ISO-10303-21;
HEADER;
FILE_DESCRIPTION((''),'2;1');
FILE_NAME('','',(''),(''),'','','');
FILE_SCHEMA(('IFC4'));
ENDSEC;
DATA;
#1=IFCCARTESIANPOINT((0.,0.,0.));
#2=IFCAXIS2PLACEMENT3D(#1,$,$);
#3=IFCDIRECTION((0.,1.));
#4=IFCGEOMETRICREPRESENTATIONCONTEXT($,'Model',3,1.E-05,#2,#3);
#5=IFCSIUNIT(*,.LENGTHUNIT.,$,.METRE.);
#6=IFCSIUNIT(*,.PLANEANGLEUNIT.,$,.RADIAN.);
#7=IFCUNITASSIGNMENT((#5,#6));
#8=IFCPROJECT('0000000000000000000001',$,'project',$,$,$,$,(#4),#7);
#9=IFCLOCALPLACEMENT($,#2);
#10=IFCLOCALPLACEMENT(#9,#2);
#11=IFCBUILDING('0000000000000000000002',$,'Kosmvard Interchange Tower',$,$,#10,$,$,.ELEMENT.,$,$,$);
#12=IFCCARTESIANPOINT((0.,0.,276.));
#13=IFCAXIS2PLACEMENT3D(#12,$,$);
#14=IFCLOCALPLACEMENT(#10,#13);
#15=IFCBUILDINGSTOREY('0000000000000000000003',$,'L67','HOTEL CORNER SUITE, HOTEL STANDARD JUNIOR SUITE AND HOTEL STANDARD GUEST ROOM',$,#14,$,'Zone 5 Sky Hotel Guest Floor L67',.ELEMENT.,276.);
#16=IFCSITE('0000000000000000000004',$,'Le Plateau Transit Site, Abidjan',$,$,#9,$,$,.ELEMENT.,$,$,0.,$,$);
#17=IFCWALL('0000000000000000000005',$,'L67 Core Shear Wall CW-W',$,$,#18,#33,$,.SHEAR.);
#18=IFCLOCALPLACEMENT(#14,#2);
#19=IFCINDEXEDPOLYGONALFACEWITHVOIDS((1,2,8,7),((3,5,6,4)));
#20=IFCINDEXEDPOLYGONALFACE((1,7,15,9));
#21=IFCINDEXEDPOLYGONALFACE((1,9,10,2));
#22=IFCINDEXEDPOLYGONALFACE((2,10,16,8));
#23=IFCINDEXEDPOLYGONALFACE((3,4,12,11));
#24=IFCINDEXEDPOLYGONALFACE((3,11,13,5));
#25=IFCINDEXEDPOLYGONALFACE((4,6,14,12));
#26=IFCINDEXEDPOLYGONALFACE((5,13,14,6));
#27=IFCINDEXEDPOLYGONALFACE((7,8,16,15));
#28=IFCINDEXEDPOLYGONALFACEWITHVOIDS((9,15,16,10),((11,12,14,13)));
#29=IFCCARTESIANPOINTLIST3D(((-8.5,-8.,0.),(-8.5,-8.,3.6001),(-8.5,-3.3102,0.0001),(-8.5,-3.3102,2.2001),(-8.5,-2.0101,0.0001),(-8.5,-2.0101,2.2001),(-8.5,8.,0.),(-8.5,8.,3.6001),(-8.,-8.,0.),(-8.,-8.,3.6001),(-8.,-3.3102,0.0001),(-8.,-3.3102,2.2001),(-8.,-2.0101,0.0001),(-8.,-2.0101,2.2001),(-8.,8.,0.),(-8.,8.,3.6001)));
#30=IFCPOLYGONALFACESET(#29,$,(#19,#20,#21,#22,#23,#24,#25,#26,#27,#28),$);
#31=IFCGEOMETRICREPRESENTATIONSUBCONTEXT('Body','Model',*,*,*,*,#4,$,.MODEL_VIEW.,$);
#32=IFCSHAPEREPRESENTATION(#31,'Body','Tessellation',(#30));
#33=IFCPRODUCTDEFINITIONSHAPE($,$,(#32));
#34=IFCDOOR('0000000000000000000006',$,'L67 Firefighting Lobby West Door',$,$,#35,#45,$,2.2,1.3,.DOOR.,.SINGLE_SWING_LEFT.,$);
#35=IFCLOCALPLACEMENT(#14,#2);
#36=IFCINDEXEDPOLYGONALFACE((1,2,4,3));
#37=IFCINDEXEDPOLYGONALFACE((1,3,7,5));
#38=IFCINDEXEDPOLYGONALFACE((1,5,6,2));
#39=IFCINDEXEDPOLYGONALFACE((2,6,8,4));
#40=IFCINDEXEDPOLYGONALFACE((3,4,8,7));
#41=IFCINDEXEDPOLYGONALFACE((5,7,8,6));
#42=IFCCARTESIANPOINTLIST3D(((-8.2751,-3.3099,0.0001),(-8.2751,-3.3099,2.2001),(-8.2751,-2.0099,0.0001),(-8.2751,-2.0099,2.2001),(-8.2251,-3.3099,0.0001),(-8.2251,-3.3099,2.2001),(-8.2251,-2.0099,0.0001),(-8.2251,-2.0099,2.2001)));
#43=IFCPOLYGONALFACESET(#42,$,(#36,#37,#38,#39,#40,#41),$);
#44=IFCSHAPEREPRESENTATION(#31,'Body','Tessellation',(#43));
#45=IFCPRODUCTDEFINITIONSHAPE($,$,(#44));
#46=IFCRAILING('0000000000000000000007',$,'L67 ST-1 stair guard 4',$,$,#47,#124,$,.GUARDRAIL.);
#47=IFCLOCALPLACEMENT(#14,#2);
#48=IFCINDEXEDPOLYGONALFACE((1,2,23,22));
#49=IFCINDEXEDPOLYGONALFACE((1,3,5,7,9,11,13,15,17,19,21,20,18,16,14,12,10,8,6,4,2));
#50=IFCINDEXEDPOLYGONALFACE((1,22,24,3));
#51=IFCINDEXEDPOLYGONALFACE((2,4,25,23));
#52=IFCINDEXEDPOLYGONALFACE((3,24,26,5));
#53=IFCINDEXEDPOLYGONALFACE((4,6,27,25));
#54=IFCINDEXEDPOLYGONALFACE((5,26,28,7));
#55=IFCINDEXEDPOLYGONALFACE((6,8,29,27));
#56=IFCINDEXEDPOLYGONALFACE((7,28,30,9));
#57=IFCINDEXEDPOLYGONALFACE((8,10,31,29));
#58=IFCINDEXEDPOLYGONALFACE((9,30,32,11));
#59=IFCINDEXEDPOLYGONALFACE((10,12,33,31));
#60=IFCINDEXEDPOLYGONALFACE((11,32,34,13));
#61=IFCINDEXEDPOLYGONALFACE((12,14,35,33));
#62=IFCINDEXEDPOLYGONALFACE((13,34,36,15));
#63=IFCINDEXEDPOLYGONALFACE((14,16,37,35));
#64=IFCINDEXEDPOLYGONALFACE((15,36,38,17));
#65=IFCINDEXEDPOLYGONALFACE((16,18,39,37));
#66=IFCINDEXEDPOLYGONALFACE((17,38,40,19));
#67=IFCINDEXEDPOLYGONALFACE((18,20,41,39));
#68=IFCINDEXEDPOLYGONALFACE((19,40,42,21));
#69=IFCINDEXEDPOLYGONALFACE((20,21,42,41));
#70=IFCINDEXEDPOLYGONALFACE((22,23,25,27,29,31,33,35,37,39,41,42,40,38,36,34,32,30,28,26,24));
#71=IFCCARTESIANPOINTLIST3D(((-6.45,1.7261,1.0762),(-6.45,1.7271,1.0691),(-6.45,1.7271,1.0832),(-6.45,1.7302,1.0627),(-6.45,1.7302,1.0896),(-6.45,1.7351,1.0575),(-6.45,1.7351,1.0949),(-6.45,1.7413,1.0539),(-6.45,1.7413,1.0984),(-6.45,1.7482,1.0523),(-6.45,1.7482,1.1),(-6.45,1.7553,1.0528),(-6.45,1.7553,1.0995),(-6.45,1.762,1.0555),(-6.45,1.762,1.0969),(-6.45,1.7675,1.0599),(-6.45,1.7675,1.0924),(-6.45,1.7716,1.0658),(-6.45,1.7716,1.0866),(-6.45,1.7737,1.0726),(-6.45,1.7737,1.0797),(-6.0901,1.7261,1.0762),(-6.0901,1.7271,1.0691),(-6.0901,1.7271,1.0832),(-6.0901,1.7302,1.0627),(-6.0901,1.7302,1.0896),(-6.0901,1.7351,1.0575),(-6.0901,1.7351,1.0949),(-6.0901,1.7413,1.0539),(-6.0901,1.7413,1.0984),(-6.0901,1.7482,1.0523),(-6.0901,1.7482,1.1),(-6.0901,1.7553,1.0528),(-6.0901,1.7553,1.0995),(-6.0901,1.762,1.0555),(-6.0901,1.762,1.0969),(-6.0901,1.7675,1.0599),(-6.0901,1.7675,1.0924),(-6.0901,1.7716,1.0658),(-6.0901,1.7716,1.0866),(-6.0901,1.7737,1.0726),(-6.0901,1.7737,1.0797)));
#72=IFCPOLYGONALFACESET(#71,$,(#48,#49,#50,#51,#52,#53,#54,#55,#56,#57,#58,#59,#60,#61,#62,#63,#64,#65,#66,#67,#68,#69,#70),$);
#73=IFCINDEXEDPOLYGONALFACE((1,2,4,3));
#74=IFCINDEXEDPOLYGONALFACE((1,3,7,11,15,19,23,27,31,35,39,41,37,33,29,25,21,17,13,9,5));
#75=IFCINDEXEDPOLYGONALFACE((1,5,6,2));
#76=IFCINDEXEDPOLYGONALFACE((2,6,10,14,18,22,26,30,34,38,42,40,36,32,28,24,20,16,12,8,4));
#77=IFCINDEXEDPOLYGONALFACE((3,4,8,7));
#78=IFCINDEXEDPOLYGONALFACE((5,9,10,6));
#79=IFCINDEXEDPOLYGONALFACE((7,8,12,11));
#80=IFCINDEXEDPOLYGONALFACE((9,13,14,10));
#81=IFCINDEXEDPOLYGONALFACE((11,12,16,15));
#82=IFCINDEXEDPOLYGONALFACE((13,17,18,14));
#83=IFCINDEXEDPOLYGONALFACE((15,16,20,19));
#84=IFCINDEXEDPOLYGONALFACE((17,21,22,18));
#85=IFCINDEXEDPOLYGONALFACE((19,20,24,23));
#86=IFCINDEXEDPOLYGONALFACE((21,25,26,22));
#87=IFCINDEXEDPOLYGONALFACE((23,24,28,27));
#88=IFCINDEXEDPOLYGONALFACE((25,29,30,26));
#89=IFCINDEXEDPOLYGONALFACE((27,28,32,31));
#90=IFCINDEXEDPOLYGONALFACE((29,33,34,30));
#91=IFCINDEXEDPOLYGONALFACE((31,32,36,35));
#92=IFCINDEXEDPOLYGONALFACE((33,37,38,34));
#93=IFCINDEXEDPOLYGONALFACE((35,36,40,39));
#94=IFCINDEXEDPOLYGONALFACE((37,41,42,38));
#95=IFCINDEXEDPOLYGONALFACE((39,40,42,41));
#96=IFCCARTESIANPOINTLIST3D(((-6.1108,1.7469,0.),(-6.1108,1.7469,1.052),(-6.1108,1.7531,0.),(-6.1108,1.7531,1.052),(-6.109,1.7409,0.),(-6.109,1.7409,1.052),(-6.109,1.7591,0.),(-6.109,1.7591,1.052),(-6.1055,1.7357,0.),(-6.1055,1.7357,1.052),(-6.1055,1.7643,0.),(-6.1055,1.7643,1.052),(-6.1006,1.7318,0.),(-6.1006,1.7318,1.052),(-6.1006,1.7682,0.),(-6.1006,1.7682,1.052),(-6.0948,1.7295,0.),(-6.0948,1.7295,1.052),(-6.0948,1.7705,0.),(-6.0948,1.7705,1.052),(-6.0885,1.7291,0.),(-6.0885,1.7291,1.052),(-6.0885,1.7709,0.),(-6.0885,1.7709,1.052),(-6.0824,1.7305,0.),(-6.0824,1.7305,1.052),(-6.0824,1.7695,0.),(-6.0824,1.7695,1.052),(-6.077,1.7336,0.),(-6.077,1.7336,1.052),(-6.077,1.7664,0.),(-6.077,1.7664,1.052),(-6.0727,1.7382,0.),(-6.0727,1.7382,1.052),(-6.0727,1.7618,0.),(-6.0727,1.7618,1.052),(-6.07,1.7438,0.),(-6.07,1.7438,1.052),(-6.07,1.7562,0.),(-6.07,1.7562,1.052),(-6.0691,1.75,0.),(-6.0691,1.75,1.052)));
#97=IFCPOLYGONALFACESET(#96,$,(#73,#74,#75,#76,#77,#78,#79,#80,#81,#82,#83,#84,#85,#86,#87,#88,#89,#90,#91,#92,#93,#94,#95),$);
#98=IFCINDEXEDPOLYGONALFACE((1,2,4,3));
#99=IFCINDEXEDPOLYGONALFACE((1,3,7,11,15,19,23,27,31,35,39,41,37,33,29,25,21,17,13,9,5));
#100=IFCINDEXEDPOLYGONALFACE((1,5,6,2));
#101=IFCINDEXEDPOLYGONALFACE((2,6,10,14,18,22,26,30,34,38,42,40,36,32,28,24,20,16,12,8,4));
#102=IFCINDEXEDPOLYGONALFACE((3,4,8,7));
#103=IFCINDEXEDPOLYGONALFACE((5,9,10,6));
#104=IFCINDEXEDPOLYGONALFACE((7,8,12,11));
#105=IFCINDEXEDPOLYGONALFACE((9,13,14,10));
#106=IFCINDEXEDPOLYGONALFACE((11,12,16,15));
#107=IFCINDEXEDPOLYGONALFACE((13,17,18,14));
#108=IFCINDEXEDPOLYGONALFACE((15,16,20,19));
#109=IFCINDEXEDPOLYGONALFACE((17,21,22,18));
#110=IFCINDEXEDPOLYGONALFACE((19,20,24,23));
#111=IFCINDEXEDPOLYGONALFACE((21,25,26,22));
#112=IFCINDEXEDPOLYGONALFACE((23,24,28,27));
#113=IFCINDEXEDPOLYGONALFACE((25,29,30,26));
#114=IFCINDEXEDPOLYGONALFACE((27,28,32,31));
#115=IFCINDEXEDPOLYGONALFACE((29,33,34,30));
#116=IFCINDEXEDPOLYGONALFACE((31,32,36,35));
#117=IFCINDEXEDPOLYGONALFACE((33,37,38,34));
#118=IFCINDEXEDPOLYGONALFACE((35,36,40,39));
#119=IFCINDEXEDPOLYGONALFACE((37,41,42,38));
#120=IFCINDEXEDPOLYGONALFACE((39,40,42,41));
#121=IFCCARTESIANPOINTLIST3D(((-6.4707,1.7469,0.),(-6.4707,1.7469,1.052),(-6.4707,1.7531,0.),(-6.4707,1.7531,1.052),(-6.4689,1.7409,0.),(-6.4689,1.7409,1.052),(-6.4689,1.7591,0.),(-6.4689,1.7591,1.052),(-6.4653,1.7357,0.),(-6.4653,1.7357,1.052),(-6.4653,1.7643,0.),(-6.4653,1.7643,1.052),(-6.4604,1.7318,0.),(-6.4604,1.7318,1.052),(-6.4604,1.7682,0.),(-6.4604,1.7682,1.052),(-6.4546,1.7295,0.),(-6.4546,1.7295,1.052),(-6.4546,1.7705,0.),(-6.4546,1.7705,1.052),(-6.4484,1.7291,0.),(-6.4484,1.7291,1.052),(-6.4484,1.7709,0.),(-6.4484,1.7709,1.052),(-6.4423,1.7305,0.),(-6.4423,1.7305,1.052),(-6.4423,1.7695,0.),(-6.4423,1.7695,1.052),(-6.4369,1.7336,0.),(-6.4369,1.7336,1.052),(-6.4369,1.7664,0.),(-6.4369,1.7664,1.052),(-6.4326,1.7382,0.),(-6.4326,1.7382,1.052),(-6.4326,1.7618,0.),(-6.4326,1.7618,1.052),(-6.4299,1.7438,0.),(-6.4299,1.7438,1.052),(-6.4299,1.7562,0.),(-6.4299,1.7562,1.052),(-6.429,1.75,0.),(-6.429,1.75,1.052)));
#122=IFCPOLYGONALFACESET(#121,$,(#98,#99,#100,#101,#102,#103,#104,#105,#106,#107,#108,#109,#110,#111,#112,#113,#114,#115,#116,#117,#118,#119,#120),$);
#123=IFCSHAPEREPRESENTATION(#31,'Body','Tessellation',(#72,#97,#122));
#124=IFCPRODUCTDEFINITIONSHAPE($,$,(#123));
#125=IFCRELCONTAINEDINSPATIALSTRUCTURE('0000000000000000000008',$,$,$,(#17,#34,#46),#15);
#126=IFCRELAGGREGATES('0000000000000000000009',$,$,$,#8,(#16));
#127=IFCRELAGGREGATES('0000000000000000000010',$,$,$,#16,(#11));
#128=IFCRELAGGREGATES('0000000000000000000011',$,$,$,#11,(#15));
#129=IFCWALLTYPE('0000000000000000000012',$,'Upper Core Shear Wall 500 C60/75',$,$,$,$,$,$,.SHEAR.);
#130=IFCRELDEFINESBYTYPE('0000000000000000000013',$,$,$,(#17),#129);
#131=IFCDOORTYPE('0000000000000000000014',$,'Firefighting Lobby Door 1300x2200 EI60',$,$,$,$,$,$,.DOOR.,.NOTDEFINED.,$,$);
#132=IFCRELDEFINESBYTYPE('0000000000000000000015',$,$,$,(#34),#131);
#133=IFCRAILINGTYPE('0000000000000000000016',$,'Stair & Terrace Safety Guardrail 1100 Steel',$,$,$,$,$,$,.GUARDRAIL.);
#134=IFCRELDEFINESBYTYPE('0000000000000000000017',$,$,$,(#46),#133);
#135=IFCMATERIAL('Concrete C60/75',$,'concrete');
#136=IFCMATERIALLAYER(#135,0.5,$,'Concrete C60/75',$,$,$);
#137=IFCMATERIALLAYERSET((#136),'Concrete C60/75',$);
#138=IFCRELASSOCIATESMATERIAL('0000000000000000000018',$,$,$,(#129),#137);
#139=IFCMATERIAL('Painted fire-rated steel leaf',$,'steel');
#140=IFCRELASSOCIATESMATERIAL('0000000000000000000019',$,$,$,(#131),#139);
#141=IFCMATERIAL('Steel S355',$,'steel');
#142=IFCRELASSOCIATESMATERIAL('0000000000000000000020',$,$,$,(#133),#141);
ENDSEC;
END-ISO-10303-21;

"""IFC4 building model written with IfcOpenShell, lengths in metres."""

from ifc_helpers import new_model, si_unit, direction, frame, frame_2d, origin, origin_2d, place, context, subcontext, project, spatial, rectangle, circle, extrude, source, transform, mapped, material, layer, layer_set, type_object, element, fill, save


model = new_model("IFC4")

# Units and contexts
model_context = context("Model", 3, precision=1e-05, world=origin(), true_north=direction((0.0, 1.0)))
body_context = subcontext(model_context, "Body", "Model", "MODEL_VIEW")
ifc_project = project(units=[si_unit("LENGTHUNIT", "METRE"), si_unit("PLANEANGLEUNIT", "RADIAN")], contexts=[model_context])

# Site, building, storey
site_placement = place(None, origin())
site = spatial("IfcSite", under=ifc_project, at=site_placement, Name="Le Plateau Transit Site, Abidjan", CompositionType="ELEMENT", RefElevation=0.0)
building_placement = place(site_placement, origin())
building = spatial("IfcBuilding", under=site, at=building_placement, Name="Kosmvard Interchange Tower", CompositionType="ELEMENT")
storey_placement = place(building_placement, frame((0.0, 0.0, 276.0)))
storey = spatial("IfcBuildingStorey", under=building, at=storey_placement, Name="L67", Description="HOTEL CORNER SUITE, HOTEL STANDARD JUNIOR SUITE AND HOTEL STANDARD GUEST ROOM", LongName="Zone 5 Sky Hotel Guest Floor L67", CompositionType="ELEMENT", Elevation=276.0)

# Shared definitions
ifc_material_1 = material(Name="Steel S355", Category="steel")

# Shared definitions
ifc_material_2 = material(Name="Painted fire-rated steel leaf", Category="steel")

# Shared definitions
ifc_material_3 = material(Name="Concrete C60/75", Category="concrete")

# Wall, opening, door
ifc_layer_1 = layer(ifc_material_3, 0.5, Name="Concrete C60/75")
ifc_layer_set_1 = layer_set([ifc_layer_1], Name="Concrete C60/75")
wall_type_1 = type_object("IfcWallType", Name="Upper Core Shear Wall 500 C60/75", PredefinedType="SHEAR", material=ifc_layer_set_1)
door_type_1 = type_object("IfcDoorType", Name="Firefighting Lobby Door 1300x2200 EI60", OperationType="NOTDEFINED", PredefinedType="DOOR", material=ifc_material_2)
shared_shape_1 = source(origin(), body_context, "Body", "SweptSolid", [
    extrude(rectangle(XDim=1.3, YDim=2.2, at=frame_2d((0.6499, 1.1001))), frame((0.0, 0.0249, 0.0), z_axis=(0.0, -1.0, 0.0), x_axis=(1.0, 0.0, 0.0)), (0.0, 0.0, 1.0), 0.05),
])
wall_1_placement = place(storey_placement, frame((-8.25, -8.0, 0.0), z_axis=(0.0, 0.0, 1.0), x_axis=(0.0, 1.0, 0.0)))
wall_1 = element("IfcWall", 1, at=wall_1_placement, inside=storey, type_object=wall_type_1, Name="L67 Core Shear Wall CW-W", PredefinedType="SHEAR", context=body_context, shape_type="SweptSolid", body=[
    extrude(rectangle(XDim=16.0, YDim=0.5, at=frame_2d((8.0, 0.0))), origin(), (0.0, 0.0, 1.0), 3.6001),
])
opening_1_placement = place(wall_1_placement, frame((4.6899, 0.0, 0.0)))
opening_1 = element("IfcOpeningElement", 2, at=opening_1_placement, cuts=wall_1, PredefinedType="OPENING", context=body_context, shape_type="SweptSolid", body=[
    extrude(rectangle(XDim=1.3, YDim=2.2, at=frame_2d((0.6499, 1.1001))), frame((0.0, 0.26, 0.0), z_axis=(0.0, -1.0, 0.0), x_axis=(1.0, 0.0, 0.0)), (0.0, 0.0, 1.0), 0.52),
])
door_1_placement = place(opening_1_placement, frame((1.3, 0.0, 0.0), z_axis=(0.0, 0.0, 1.0), x_axis=(-1.0, 0.0, 0.0)))
door_1 = element("IfcDoor", 3, at=door_1_placement, inside=storey, type_object=door_type_1, Name="L67 Firefighting Lobby West Door", OperationType="SINGLE_SWING_LEFT", OverallHeight=2.2, OverallWidth=1.3, PredefinedType="DOOR", context=body_context, shape_type="MappedRepresentation", body=[
    mapped(shared_shape_1, transform((0.0, 0.0, 0.0), scale=1.0)),
])
fill(opening_1, door_1)

# Railing
railing_type = type_object("IfcRailingType", Name="Stair & Terrace Safety Guardrail 1100 Steel", PredefinedType="GUARDRAIL", material=ifc_material_1)
shared_shape_2 = source(origin(), body_context, "Body", "SweptSolid", [
    extrude(circle(Radius=0.0239, at=origin_2d()), frame((0.0, 0.0, 1.0762), z_axis=(-1.0, 0.0, 0.0), x_axis=(0.0, -1.0, 0.0)), (0.0, 0.0, 1.0), 0.3599),
    extrude(circle(Radius=0.021, at=origin_2d()), origin(), (0.0, 0.0, 1.0), 1.052),
    extrude(circle(Radius=0.021, at=origin_2d()), frame((-0.3599, 0.0, 0.0)), (0.0, 0.0, 1.0), 1.052),
])
railing_placement = place(storey_placement, frame((-6.0901, 1.75, 0.0)))
element("IfcRailing", 4, at=railing_placement, inside=storey, type_object=railing_type, Name="L67 ST-1 stair guard 4", PredefinedType="GUARDRAIL", context=body_context, shape_type="MappedRepresentation", body=[
    mapped(shared_shape_2, transform((0.0, 0.0, 0.0), scale=1.0)),
])

save(model, "model.ifc")
